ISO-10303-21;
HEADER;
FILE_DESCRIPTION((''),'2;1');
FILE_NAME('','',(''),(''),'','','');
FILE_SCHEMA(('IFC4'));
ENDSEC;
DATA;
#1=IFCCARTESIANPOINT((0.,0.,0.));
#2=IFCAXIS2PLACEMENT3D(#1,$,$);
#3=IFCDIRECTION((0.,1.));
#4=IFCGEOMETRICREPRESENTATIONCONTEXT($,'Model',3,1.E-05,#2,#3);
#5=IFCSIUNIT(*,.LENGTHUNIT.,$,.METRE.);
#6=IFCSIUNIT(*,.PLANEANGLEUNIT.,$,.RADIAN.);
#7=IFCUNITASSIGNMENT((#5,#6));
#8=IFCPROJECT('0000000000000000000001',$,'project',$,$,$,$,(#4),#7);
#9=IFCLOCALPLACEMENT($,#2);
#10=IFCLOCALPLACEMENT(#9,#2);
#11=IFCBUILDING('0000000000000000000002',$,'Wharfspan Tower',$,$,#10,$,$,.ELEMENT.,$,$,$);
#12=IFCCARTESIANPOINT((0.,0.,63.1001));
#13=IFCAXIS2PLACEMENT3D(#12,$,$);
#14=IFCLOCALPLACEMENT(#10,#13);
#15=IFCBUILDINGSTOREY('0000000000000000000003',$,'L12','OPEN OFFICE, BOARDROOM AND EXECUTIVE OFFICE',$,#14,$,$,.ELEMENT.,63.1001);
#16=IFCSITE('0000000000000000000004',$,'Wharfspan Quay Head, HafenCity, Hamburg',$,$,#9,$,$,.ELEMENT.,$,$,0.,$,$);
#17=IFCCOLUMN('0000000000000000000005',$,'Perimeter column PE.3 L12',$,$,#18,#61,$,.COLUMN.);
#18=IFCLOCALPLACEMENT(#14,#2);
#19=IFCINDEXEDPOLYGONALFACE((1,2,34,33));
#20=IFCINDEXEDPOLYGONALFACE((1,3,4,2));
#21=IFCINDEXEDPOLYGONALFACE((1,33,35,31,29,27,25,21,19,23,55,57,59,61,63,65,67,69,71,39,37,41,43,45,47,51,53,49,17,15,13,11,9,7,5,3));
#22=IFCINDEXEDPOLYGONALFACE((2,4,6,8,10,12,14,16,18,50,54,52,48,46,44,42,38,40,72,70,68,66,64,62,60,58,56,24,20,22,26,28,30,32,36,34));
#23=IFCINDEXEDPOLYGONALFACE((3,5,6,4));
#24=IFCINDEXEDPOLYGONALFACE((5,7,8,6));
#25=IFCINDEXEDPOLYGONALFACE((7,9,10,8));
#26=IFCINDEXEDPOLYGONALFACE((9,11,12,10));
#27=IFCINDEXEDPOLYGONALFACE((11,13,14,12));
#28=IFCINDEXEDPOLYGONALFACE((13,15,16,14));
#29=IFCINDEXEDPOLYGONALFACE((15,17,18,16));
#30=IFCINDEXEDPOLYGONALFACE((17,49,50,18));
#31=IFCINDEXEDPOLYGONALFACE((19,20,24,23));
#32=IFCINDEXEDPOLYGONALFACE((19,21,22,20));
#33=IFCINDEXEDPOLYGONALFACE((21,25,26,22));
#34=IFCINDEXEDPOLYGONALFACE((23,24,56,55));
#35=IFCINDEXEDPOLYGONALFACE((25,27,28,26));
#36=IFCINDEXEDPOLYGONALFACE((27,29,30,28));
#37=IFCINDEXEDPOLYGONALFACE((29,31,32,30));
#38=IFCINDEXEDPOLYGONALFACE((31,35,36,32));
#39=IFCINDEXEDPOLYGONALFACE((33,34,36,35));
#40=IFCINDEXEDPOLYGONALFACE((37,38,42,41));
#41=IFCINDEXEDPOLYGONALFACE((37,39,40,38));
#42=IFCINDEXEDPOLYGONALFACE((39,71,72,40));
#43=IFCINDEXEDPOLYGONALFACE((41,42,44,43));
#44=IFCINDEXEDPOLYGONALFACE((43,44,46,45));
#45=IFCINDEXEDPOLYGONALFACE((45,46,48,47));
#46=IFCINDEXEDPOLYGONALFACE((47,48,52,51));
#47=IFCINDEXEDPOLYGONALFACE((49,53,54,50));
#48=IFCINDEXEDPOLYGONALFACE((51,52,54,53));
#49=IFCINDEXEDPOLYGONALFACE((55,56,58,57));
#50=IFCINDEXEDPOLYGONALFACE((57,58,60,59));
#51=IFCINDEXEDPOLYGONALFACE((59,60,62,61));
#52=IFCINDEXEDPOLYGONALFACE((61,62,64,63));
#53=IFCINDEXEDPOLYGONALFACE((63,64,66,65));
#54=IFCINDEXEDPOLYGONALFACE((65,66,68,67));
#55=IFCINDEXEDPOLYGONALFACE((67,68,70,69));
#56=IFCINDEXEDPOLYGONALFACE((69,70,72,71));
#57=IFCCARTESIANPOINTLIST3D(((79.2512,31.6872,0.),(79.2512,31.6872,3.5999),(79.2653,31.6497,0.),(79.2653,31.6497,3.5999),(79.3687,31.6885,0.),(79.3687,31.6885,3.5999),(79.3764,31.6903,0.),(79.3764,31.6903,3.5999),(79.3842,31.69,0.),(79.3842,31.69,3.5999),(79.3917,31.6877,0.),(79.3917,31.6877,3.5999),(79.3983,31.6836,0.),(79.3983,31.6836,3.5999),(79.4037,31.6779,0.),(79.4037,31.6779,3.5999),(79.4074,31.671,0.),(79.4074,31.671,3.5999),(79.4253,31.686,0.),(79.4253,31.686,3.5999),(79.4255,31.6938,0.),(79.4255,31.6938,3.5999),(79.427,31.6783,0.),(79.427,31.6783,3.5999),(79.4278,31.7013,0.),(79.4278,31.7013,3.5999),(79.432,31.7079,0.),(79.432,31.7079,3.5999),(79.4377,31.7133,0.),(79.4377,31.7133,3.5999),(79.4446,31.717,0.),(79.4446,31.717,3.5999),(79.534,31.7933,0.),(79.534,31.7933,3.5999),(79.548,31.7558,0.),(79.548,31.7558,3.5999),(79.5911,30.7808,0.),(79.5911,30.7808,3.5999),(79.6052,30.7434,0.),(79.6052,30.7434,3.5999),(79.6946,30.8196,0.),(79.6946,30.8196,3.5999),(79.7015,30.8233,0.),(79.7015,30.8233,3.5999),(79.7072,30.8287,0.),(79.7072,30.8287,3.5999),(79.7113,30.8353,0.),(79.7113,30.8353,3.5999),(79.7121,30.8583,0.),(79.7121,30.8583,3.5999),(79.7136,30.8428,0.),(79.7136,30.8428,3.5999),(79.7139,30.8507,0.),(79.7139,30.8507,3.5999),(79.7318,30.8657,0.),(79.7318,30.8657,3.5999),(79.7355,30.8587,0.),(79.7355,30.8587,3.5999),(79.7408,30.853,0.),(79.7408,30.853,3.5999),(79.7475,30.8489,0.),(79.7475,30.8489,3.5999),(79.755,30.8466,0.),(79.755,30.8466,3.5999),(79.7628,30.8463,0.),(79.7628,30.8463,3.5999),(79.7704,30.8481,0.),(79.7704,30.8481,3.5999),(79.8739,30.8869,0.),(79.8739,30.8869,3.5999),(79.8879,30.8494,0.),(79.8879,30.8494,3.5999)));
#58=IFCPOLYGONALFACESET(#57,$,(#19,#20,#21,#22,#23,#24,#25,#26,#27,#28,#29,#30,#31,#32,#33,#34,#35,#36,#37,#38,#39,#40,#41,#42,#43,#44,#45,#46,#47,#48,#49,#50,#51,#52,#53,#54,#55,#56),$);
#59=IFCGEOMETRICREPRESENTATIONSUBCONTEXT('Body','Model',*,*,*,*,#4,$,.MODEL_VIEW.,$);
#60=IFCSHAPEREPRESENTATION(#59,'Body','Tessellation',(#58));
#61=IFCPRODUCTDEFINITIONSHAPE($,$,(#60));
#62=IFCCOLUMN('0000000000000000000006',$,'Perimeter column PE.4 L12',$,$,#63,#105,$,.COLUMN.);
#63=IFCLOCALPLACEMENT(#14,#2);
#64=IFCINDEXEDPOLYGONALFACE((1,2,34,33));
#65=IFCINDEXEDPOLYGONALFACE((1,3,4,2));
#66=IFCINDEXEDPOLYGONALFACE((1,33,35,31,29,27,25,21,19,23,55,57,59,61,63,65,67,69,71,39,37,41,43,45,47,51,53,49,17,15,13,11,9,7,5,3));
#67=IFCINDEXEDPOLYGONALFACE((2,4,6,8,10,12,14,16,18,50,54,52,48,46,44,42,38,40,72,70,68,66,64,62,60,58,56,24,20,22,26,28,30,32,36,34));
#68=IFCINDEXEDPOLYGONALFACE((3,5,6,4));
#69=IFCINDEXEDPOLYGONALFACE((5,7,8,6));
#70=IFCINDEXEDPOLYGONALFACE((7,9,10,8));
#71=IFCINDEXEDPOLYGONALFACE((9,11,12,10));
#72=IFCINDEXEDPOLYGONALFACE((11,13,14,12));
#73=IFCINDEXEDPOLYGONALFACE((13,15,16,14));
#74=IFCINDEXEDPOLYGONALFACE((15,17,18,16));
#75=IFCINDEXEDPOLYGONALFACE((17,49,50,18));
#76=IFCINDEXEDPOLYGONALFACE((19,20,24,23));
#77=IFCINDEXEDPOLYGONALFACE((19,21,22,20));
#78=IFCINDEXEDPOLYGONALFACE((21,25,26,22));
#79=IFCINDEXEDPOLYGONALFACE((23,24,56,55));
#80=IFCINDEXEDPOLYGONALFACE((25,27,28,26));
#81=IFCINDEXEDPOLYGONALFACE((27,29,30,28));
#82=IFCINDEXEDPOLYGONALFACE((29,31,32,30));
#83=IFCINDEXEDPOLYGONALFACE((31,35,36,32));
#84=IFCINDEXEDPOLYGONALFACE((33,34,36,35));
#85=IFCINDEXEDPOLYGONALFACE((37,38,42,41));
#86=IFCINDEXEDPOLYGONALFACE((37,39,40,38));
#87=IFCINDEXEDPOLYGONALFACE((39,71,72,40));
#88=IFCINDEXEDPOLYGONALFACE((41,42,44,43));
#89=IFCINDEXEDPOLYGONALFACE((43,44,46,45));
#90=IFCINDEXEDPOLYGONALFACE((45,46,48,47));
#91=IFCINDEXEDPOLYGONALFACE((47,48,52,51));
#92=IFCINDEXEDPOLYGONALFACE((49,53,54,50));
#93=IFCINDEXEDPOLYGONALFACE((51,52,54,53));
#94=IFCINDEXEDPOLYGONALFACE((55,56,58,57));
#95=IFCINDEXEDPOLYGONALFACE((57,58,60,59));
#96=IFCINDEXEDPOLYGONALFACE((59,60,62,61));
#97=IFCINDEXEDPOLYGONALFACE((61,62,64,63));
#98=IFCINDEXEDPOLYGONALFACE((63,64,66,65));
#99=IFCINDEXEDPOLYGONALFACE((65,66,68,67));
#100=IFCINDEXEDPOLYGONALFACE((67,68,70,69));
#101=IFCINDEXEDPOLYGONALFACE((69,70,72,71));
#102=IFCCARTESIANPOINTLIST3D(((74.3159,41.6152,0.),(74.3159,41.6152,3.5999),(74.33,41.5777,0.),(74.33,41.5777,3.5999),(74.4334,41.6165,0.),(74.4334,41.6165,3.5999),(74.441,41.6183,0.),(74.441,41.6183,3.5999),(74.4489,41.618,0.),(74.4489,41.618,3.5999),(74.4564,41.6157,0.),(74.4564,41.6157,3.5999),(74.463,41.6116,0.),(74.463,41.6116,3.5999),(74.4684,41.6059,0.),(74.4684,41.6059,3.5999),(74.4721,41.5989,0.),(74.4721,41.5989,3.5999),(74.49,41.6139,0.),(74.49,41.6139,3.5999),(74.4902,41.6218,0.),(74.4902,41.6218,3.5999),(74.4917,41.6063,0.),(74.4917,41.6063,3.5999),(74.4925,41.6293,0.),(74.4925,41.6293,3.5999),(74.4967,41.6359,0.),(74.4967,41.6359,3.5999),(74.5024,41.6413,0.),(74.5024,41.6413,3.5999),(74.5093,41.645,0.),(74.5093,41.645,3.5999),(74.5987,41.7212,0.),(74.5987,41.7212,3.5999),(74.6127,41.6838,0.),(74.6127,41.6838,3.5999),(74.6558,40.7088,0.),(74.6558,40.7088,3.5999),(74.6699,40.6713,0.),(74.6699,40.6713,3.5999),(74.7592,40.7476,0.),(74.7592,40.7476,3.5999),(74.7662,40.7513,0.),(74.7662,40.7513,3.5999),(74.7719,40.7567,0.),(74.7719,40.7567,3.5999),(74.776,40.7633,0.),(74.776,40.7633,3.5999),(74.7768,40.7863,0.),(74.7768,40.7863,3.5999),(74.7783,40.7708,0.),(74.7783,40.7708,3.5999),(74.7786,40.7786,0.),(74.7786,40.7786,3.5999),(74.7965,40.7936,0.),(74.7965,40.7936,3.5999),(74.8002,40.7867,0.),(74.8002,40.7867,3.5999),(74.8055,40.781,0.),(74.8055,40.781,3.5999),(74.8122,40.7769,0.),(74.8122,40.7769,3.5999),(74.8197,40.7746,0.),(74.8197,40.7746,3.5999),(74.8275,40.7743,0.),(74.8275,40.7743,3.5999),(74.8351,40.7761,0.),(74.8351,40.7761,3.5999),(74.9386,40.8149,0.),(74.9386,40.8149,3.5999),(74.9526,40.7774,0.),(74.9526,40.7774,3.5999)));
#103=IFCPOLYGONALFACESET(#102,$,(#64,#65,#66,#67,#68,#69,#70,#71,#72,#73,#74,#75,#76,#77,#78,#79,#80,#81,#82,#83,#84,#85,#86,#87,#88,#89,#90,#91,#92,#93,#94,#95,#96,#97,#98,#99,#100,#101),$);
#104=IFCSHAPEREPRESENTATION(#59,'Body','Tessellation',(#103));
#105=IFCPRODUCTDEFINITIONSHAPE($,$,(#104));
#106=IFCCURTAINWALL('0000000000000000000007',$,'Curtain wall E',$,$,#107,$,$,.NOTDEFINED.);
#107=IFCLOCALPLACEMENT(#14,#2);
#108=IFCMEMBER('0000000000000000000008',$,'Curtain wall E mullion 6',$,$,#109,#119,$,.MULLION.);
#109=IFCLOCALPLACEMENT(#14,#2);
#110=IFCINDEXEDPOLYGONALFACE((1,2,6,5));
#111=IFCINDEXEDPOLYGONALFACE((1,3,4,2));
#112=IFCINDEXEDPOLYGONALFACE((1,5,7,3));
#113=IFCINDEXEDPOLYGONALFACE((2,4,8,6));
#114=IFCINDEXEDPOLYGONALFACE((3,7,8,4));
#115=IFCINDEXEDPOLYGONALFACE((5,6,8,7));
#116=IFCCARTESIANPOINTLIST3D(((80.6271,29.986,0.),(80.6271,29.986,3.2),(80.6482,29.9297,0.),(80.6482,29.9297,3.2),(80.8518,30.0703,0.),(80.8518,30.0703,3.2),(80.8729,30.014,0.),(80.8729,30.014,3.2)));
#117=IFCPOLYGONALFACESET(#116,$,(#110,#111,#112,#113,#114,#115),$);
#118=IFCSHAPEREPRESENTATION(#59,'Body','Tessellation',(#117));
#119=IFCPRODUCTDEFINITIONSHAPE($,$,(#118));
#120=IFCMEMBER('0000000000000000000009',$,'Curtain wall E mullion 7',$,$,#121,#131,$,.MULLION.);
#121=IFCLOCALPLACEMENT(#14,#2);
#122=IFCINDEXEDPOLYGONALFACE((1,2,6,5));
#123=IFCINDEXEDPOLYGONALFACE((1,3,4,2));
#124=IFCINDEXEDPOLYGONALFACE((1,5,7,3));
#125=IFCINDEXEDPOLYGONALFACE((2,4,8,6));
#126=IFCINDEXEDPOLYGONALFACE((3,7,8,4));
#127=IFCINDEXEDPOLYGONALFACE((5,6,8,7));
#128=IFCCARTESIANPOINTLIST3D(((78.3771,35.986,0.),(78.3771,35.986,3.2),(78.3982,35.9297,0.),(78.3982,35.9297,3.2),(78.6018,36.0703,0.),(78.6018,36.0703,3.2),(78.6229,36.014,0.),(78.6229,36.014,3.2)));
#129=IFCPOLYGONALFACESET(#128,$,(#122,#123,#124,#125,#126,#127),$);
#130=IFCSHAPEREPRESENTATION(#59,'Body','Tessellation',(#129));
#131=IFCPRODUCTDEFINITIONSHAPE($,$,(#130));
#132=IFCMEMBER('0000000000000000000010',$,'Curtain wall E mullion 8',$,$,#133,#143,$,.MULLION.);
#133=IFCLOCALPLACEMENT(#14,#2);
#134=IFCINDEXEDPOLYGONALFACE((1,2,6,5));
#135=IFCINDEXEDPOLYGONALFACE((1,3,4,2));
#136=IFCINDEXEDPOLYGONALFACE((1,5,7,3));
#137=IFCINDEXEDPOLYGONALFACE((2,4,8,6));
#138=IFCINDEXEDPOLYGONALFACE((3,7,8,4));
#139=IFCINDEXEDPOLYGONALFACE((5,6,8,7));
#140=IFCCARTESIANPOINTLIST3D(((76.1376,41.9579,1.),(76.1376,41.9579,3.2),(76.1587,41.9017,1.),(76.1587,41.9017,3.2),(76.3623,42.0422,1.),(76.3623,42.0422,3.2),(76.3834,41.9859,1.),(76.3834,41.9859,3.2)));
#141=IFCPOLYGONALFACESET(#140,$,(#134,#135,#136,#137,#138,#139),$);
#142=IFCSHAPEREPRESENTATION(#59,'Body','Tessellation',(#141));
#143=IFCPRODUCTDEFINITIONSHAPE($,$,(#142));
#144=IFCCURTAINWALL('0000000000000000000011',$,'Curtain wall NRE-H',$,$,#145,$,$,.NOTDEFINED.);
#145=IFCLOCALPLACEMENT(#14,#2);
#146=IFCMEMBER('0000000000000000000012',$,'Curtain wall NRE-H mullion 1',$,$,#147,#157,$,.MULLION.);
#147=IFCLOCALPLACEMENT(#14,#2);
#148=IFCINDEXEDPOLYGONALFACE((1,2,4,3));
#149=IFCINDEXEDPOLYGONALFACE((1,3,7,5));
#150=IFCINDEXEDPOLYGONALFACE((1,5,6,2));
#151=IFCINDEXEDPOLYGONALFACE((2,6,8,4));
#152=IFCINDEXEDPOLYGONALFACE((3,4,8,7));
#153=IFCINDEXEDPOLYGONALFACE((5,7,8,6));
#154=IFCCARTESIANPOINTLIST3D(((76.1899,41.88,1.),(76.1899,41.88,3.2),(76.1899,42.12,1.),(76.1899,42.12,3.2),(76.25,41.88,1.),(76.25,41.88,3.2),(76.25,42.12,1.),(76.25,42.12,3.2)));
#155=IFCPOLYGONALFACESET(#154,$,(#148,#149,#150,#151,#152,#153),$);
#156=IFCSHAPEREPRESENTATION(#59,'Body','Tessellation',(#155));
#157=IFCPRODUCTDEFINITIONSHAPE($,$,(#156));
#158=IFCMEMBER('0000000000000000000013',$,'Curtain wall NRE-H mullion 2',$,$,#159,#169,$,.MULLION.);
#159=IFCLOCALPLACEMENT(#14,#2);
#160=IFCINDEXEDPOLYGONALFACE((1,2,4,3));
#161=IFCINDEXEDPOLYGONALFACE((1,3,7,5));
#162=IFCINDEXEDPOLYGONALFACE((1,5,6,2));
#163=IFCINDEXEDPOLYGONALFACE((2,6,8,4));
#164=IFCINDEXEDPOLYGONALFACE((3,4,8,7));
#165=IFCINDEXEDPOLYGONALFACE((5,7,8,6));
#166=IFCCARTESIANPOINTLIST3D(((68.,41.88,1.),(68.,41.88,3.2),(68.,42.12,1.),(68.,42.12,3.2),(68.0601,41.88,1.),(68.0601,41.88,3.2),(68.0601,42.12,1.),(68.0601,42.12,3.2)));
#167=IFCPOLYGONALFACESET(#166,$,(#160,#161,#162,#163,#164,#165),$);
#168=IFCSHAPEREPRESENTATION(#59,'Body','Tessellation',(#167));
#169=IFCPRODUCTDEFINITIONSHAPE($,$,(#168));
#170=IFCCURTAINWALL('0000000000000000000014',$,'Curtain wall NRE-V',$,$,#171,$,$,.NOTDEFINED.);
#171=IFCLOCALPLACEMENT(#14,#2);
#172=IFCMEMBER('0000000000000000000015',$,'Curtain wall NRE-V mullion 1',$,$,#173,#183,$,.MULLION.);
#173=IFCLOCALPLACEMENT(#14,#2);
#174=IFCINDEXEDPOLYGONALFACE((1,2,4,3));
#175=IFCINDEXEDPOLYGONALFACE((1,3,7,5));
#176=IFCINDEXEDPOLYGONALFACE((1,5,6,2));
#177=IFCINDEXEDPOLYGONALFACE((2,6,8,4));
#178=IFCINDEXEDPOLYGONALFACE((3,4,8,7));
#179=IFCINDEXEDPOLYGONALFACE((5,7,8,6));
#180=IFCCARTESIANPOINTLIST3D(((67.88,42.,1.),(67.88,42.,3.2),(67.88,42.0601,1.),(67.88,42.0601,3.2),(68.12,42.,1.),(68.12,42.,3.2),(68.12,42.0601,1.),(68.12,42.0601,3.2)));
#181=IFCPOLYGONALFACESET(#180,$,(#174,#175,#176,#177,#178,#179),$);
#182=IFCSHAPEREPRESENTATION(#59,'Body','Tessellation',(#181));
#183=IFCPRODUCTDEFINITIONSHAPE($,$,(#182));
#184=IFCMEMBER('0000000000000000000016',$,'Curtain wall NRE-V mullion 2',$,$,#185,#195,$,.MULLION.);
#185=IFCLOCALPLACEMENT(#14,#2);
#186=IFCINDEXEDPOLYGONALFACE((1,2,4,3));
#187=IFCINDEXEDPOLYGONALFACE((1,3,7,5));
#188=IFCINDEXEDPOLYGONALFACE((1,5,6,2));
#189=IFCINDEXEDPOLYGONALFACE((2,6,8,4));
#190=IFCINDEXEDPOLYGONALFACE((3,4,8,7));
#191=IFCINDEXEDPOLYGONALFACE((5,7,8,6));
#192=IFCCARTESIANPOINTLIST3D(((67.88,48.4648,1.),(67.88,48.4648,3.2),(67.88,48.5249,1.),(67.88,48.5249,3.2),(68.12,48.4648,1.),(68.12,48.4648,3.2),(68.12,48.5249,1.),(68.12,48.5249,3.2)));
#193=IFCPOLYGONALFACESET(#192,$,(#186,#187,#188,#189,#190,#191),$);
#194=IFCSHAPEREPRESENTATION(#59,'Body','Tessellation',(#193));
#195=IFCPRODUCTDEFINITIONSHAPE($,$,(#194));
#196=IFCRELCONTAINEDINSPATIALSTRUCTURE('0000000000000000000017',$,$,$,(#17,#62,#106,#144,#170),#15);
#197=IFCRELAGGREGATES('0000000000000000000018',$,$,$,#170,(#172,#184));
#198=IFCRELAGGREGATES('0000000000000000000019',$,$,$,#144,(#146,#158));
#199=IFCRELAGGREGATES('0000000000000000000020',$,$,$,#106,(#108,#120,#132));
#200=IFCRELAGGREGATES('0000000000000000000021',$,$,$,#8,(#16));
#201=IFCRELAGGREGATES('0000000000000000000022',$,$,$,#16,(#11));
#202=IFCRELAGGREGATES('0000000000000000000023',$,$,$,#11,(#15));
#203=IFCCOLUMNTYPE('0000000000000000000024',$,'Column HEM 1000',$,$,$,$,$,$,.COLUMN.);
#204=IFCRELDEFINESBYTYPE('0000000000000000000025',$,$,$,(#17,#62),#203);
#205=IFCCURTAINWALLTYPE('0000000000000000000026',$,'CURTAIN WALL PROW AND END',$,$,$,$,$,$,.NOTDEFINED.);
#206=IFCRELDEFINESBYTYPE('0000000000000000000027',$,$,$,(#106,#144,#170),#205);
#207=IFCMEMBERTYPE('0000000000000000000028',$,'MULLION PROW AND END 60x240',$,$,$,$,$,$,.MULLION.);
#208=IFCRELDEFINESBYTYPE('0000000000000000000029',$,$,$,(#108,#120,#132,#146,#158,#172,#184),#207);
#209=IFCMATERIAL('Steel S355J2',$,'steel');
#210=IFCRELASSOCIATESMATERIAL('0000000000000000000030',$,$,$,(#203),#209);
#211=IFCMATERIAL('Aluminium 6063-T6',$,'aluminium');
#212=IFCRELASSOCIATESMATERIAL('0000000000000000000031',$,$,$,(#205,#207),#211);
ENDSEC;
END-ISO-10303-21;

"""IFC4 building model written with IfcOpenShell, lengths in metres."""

from ifc_helpers import new_model, si_unit, direction, frame, origin, origin_2d, place, context, subcontext, project, spatial, rectangle, i_section, extrude, material, material_profile, profile_set, type_object, element, aggregate, save


model = new_model("IFC4")

# Units and contexts
model_context = context("Model", 3, precision=1e-05, world=origin(), true_north=direction((0.0, 1.0)))
body_context = subcontext(model_context, "Body", "Model", "MODEL_VIEW")
ifc_project = project(units=[si_unit("LENGTHUNIT", "METRE"), si_unit("PLANEANGLEUNIT", "RADIAN")], contexts=[model_context])

# Site, building, storey
site_placement = place(None, origin())
site = spatial("IfcSite", under=ifc_project, at=site_placement, Name="Wharfspan Quay Head, HafenCity, Hamburg", CompositionType="ELEMENT", RefElevation=0.0)
building_placement = place(site_placement, origin())
building = spatial("IfcBuilding", under=site, at=building_placement, Name="Wharfspan Tower", CompositionType="ELEMENT")
storey_placement = place(building_placement, frame((0.0, 0.0, 63.1001)))
storey = spatial("IfcBuildingStorey", under=building, at=storey_placement, Name="L12", Description="OPEN OFFICE, BOARDROOM AND EXECUTIVE OFFICE", CompositionType="ELEMENT", Elevation=63.1001)

# Columns
ifc_material_1 = material(Name="Steel S355J2", Category="steel")
ifc_material_profile_1 = material_profile(ifc_material_1, i_section(OverallWidth=0.302, OverallDepth=1.0081, WebThickness=0.021, FlangeThickness=0.04, FilletRadius=0.03, at=origin_2d()))
ifc_profile_set_1 = profile_set([ifc_material_profile_1], Name="Steel S355J2")
column_type = type_object("IfcColumnType", Name="Column HEM 1000", PredefinedType="COLUMN", material=ifc_profile_set_1)
for number, where, z_axis, x_axis, name in (
    (1, (79.5696, 31.2683, 0.0), (0.0, 0.0, 1.0), (0.936328, 0.351123, 0.0), "Perimeter column PE.3 L12"),
    (2, (74.6343, 41.1963, 0.0), (0.0, 0.0, 1.0), (0.936328, 0.351123, 0.0), "Perimeter column PE.4 L12"),
):
    element("IfcColumn", number, at=place(storey_placement, frame(where, z_axis=z_axis, x_axis=x_axis)), inside=storey, type_object=column_type, Name=name, PredefinedType="COLUMN", context=body_context, shape_type="SweptSolid", body=[
        extrude(i_section(OverallWidth=0.302, OverallDepth=1.0081, WebThickness=0.021, FlangeThickness=0.04, FilletRadius=0.03, at=origin_2d()), origin(), (0.0, 0.0, 1.0), 3.5999),
    ])

# Curtain walls, members
ifc_material_2 = material(Name="Aluminium 6063-T6", Category="aluminium")
curtain_wall_type = type_object("IfcCurtainWallType", Name="CURTAIN WALL PROW AND END", PredefinedType="NOTDEFINED", material=ifc_material_2)
curtain_wall_1_placement = place(storey_placement, origin())
curtain_wall_1 = element("IfcCurtainWall", 3, at=curtain_wall_1_placement, inside=storey, type_object=curtain_wall_type, Name="Curtain wall E", PredefinedType="NOTDEFINED")
ifc_material_profile_2 = material_profile(ifc_material_2, rectangle(XDim=0.24, YDim=0.0601, at=origin_2d()))
ifc_profile_set_2 = profile_set([ifc_material_profile_2], Name="Aluminium 6063-T6")
member_type_1 = type_object("IfcMemberType", Name="MULLION PROW AND END 60x240", PredefinedType="MULLION", material=ifc_profile_set_2)
member_1_placement = place(storey_placement, frame((80.75, 30.0, 0.0), z_axis=(0.0, 0.0, 1.0), x_axis=(-0.936328, -0.351123, 0.0)))
member_1 = element("IfcMember", 4, at=member_1_placement, type_object=member_type_1, Name="Curtain wall E mullion 6", PredefinedType="MULLION", context=body_context, shape_type="SweptSolid", body=[
    extrude(rectangle(XDim=0.24, YDim=0.0601, at=origin_2d()), origin(), (0.0, 0.0, 1.0), 3.2),
])
member_2_placement = place(storey_placement, frame((78.5, 36.0, 0.0), z_axis=(0.0, 0.0, 1.0), x_axis=(-0.936328, -0.351123, 0.0)))
member_2 = element("IfcMember", 5, at=member_2_placement, type_object=member_type_1, Name="Curtain wall E mullion 7", PredefinedType="MULLION", context=body_context, shape_type="SweptSolid", body=[
    extrude(rectangle(XDim=0.24, YDim=0.0601, at=origin_2d()), origin(), (0.0, 0.0, 1.0), 3.2),
])
member_3_placement = place(storey_placement, frame((76.2605, 41.9719, 1.0), z_axis=(0.0, 0.0, 1.0), x_axis=(-0.936328, -0.351123, 0.0)))
member_3 = element("IfcMember", 6, at=member_3_placement, type_object=member_type_1, Name="Curtain wall E mullion 8", PredefinedType="MULLION", context=body_context, shape_type="SweptSolid", body=[
    extrude(rectangle(XDim=0.24, YDim=0.0601, at=origin_2d()), origin(), (0.0, 0.0, 1.0), 2.2),
])
curtain_wall_2_placement = place(storey_placement, origin())
curtain_wall_2 = element("IfcCurtainWall", 7, at=curtain_wall_2_placement, inside=storey, type_object=curtain_wall_type, Name="Curtain wall NRE-H", PredefinedType="NOTDEFINED")
member_4_placement = place(storey_placement, frame((76.22, 42.0, 1.0), z_axis=(0.0, 0.0, 1.0), x_axis=(0.0, -1.0, 0.0)))
member_4 = element("IfcMember", 8, at=member_4_placement, type_object=member_type_1, Name="Curtain wall NRE-H mullion 1", PredefinedType="MULLION", context=body_context, shape_type="SweptSolid", body=[
    extrude(rectangle(XDim=0.24, YDim=0.0601, at=origin_2d()), origin(), (0.0, 0.0, 1.0), 2.2),
])
member_5_placement = place(storey_placement, frame((68.03, 42.0, 1.0), z_axis=(0.0, 0.0, 1.0), x_axis=(0.0, -1.0, 0.0)))
member_5 = element("IfcMember", 9, at=member_5_placement, type_object=member_type_1, Name="Curtain wall NRE-H mullion 2", PredefinedType="MULLION", context=body_context, shape_type="SweptSolid", body=[
    extrude(rectangle(XDim=0.24, YDim=0.0601, at=origin_2d()), origin(), (0.0, 0.0, 1.0), 2.2),
])
curtain_wall_3_placement = place(storey_placement, origin())
curtain_wall_3 = element("IfcCurtainWall", 10, at=curtain_wall_3_placement, inside=storey, type_object=curtain_wall_type, Name="Curtain wall NRE-V", PredefinedType="NOTDEFINED")
member_6_placement = place(storey_placement, frame((68.0, 42.03, 1.0), z_axis=(0.0, 0.0, 1.0), x_axis=(-1.0, 0.0, 0.0)))
member_6 = element("IfcMember", 11, at=member_6_placement, type_object=member_type_1, Name="Curtain wall NRE-V mullion 1", PredefinedType="MULLION", context=body_context, shape_type="SweptSolid", body=[
    extrude(rectangle(XDim=0.24, YDim=0.0601, at=origin_2d()), origin(), (0.0, 0.0, 1.0), 2.2),
])
member_7_placement = place(storey_placement, frame((68.0, 48.4949, 1.0), z_axis=(0.0, 0.0, 1.0), x_axis=(-1.0, 0.0, 0.0)))
member_7 = element("IfcMember", 12, at=member_7_placement, type_object=member_type_1, Name="Curtain wall NRE-V mullion 2", PredefinedType="MULLION", context=body_context, shape_type="SweptSolid", body=[
    extrude(rectangle(XDim=0.24, YDim=0.0601, at=origin_2d()), origin(), (0.0, 0.0, 1.0), 2.2),
])

aggregate(curtain_wall_3, [member_6, member_7])

aggregate(curtain_wall_2, [member_4, member_5])
aggregate(curtain_wall_1, [member_1, member_2, member_3])

save(model, "model.ifc")
